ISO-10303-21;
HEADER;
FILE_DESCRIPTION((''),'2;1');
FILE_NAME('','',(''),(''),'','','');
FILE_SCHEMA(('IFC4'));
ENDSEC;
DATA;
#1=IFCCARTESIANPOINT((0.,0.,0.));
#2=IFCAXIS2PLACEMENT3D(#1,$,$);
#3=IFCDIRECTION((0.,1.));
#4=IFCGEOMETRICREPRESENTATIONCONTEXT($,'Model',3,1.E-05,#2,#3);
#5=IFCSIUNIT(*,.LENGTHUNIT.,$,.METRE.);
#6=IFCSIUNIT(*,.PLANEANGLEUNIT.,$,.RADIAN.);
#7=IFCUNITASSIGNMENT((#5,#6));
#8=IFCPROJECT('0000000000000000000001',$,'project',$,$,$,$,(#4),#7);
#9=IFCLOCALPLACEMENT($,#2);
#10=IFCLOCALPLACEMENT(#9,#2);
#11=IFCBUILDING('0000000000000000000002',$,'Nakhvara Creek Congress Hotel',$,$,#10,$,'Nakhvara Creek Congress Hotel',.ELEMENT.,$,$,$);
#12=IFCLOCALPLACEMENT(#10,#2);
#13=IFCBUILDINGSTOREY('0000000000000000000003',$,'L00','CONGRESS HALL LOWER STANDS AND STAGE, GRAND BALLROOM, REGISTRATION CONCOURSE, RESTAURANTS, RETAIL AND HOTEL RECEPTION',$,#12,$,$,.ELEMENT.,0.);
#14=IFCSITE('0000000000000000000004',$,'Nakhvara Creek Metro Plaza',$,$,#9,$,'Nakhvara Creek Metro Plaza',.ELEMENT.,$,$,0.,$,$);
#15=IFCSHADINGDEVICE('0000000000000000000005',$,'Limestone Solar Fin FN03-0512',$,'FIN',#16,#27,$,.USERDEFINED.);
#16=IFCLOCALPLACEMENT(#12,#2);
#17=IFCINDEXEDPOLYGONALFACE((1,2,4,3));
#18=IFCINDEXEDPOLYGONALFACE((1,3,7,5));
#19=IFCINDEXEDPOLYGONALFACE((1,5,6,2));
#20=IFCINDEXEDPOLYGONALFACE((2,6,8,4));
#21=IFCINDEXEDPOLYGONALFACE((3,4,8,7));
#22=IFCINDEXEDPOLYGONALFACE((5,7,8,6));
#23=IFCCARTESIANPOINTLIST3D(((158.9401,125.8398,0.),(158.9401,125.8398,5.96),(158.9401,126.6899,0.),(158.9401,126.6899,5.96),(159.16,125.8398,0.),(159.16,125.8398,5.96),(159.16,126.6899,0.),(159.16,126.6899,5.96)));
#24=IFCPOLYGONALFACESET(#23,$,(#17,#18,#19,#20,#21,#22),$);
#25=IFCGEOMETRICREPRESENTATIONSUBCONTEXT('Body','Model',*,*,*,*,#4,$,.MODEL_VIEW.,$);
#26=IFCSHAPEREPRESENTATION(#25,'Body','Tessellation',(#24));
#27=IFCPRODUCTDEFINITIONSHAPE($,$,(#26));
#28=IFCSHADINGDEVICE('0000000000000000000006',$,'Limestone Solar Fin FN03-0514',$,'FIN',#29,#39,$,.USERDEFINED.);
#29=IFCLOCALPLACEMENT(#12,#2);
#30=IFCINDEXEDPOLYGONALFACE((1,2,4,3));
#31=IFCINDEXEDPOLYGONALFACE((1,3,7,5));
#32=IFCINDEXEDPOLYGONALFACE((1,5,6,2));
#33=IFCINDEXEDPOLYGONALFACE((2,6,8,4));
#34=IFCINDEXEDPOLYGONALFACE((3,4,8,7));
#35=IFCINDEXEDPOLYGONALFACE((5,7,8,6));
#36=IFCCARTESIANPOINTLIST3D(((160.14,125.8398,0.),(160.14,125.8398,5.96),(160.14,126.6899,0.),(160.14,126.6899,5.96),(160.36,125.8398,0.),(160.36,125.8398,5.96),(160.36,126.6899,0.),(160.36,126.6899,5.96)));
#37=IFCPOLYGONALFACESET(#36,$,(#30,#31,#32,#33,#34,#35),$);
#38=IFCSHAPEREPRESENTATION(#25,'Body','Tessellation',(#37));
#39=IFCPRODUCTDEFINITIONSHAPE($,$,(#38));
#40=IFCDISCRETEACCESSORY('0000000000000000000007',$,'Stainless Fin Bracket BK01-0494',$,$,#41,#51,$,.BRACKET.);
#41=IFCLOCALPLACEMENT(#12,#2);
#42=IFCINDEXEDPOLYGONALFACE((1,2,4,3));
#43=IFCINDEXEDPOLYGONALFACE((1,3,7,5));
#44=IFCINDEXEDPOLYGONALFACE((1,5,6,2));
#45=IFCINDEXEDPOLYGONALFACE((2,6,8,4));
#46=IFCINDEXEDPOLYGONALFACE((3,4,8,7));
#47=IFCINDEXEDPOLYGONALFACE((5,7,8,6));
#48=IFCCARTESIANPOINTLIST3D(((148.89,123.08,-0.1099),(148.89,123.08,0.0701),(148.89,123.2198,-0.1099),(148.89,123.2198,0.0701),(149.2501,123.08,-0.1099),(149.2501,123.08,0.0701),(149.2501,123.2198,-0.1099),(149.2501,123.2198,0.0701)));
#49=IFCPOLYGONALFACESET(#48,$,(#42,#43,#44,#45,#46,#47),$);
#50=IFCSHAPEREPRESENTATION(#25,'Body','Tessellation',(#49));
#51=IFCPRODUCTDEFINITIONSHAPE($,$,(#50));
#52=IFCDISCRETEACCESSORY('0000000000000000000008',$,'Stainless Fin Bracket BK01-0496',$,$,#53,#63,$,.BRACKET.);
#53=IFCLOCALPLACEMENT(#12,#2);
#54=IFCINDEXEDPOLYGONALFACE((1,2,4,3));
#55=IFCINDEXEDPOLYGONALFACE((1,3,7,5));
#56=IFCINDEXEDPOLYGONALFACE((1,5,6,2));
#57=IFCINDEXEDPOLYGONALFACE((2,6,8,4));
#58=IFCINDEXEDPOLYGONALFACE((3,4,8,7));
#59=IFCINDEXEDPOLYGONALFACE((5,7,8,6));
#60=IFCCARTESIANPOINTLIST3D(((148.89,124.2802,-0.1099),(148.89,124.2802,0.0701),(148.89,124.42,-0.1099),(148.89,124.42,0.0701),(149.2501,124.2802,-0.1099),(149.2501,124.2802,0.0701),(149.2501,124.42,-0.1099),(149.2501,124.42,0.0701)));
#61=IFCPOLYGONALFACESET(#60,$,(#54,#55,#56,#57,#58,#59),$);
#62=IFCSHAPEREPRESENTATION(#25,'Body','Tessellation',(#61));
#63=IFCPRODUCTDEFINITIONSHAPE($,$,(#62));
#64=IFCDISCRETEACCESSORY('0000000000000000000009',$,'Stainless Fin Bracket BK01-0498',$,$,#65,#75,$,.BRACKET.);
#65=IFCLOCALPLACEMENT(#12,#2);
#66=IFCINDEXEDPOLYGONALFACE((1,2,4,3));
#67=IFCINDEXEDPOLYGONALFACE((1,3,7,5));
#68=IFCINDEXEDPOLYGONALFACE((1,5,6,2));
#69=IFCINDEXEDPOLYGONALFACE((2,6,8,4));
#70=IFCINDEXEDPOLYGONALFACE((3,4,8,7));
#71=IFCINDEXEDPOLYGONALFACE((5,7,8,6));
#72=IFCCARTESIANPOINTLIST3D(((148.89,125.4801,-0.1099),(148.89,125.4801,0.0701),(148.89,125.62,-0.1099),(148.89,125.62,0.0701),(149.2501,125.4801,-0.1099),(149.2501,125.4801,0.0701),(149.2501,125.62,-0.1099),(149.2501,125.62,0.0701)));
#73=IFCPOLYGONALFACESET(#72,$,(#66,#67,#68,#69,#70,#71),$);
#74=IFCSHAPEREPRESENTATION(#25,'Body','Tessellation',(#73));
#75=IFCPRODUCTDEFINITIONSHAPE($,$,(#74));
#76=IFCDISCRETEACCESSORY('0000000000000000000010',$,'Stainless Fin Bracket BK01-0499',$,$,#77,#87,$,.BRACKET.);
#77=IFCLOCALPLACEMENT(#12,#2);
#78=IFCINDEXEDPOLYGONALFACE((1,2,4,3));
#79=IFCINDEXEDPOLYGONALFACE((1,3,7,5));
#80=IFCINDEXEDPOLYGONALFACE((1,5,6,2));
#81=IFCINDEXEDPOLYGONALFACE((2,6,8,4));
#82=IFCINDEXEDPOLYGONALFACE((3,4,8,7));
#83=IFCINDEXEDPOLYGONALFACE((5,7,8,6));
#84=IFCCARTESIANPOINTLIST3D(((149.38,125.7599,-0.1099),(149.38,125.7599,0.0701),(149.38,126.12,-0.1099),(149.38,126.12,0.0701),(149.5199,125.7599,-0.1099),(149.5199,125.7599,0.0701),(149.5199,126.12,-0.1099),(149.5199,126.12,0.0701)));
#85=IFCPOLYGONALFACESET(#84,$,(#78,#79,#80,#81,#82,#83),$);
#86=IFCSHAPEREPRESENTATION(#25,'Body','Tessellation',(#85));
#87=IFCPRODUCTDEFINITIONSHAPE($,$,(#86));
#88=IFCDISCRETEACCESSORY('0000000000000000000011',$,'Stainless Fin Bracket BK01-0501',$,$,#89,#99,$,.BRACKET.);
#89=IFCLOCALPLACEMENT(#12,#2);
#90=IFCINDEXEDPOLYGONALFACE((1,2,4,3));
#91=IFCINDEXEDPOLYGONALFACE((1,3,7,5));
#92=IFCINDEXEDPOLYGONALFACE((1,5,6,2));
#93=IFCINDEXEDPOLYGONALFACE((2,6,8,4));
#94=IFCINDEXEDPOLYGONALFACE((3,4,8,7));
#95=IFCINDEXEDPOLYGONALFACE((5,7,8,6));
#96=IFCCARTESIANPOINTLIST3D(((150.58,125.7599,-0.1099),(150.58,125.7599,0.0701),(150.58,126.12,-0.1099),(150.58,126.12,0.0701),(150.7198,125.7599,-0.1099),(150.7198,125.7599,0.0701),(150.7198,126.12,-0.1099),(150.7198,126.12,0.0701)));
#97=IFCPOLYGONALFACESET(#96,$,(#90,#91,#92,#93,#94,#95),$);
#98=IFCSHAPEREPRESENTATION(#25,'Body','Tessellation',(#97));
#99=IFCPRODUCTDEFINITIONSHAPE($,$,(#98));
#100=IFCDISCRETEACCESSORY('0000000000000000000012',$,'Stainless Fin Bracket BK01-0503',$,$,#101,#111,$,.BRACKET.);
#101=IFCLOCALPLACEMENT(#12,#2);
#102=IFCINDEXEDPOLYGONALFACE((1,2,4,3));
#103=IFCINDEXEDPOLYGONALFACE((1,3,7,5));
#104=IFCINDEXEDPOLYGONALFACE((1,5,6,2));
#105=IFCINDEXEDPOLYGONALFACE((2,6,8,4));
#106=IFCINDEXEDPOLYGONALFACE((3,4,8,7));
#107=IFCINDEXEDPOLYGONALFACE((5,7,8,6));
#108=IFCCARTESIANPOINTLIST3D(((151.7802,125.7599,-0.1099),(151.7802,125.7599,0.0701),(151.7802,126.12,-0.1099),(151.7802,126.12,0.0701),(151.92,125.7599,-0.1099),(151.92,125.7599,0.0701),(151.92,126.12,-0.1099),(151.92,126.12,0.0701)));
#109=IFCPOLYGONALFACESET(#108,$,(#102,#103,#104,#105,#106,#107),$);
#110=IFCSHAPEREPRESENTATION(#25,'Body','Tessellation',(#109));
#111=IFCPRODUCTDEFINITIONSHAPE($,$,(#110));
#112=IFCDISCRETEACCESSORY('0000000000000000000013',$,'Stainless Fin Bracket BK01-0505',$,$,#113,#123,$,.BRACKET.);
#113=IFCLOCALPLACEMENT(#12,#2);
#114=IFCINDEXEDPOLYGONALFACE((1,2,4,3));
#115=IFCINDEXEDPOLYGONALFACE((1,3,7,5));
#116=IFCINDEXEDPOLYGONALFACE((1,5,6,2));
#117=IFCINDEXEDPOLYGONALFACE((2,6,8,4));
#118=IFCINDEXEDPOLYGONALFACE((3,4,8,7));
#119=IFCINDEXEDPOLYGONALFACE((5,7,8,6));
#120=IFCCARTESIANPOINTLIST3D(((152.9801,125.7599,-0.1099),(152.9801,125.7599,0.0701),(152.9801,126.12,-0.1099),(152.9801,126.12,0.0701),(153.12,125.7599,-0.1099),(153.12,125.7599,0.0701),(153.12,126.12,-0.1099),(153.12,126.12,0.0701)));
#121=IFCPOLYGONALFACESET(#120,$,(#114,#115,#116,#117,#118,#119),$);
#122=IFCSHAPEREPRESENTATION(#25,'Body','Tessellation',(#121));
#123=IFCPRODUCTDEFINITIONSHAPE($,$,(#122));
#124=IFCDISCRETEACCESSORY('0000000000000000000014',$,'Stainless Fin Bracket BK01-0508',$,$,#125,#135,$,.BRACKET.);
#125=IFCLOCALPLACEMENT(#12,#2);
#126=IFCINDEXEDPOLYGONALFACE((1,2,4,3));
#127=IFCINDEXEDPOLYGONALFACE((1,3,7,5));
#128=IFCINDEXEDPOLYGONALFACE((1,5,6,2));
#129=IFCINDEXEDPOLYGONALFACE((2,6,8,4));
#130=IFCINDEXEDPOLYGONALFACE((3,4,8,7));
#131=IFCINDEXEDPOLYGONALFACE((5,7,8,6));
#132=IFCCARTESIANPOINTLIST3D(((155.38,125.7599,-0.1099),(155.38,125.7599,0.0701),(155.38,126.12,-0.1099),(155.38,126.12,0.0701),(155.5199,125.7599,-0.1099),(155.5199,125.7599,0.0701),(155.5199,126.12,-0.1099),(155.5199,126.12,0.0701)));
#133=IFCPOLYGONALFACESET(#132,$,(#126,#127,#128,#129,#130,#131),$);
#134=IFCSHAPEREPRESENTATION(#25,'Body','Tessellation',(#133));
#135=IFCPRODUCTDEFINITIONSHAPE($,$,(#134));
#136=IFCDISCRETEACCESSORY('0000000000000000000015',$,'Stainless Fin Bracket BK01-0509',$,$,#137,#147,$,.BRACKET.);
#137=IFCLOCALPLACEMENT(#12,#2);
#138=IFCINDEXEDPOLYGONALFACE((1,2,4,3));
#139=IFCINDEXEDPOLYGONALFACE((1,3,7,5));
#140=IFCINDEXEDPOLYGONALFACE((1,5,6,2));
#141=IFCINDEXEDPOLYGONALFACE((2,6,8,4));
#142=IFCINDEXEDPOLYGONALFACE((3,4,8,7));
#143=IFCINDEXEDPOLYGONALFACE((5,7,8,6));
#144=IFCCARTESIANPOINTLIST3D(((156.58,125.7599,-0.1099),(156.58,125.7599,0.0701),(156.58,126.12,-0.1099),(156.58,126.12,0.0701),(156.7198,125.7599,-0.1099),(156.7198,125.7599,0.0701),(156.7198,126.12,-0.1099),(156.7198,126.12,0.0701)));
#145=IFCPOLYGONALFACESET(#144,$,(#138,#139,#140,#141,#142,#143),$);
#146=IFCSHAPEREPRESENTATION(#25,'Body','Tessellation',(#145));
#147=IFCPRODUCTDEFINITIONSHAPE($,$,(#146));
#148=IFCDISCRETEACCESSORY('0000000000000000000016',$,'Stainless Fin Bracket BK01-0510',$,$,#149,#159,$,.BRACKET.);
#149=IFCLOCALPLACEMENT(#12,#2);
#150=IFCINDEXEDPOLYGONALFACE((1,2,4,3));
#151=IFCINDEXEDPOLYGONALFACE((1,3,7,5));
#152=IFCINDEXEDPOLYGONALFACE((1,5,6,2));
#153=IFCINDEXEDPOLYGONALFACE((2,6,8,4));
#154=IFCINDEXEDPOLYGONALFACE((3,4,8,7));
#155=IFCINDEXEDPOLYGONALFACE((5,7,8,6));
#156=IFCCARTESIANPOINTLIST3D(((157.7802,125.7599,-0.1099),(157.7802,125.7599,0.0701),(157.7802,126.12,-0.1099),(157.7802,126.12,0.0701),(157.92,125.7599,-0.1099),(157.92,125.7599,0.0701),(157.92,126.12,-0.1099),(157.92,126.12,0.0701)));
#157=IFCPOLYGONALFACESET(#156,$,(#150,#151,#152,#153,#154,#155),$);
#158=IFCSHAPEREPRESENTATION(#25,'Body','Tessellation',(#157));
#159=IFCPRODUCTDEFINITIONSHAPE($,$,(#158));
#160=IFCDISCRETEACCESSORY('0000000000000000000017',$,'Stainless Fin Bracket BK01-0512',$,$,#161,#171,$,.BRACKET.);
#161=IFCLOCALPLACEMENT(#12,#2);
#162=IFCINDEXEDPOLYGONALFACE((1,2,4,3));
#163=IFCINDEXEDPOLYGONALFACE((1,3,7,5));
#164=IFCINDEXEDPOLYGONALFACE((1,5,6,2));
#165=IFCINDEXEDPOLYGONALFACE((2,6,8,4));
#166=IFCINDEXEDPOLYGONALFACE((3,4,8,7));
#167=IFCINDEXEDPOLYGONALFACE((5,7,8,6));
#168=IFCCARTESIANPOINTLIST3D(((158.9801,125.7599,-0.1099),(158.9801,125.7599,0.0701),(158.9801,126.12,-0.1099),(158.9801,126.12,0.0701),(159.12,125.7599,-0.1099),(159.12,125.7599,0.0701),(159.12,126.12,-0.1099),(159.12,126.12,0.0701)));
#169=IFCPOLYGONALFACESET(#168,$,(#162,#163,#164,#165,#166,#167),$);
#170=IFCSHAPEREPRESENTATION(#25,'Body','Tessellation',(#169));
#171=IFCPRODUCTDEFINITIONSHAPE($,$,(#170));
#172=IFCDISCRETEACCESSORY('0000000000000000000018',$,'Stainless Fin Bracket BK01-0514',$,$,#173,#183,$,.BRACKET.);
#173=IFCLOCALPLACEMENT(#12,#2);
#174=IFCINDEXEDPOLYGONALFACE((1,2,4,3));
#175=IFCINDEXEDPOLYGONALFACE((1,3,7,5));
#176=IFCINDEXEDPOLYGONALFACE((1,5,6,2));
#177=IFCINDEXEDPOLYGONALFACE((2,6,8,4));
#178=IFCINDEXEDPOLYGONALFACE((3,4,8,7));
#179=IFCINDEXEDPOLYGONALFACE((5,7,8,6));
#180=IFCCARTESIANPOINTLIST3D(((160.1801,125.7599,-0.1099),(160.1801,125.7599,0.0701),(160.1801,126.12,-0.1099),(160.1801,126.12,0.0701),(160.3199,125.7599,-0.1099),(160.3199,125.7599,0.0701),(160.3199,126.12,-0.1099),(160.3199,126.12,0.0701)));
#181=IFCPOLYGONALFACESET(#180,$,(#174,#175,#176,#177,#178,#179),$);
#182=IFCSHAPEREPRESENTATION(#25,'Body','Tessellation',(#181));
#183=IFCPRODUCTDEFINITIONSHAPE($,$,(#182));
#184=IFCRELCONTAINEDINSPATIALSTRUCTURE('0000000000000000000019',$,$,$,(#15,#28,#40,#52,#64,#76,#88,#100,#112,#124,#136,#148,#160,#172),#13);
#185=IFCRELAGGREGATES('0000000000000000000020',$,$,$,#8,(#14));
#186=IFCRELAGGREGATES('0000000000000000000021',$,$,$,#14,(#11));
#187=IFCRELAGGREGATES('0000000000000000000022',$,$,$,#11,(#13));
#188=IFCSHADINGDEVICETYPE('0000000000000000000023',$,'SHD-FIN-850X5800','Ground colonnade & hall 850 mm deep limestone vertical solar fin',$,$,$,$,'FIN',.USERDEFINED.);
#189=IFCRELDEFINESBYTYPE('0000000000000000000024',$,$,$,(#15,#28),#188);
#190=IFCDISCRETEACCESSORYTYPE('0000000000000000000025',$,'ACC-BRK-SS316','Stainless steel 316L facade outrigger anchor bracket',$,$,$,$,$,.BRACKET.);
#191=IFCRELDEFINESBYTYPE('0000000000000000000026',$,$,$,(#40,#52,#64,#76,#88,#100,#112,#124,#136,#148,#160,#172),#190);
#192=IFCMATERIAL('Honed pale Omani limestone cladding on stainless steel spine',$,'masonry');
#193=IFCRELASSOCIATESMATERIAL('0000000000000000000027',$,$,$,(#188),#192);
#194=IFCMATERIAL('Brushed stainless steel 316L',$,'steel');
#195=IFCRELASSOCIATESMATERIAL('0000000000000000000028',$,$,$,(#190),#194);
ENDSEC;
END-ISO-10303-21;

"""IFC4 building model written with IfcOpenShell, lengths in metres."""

from ifc_helpers import new_model, si_unit, direction, frame, origin, origin_2d, place, context, subcontext, project, spatial, rectangle, extrude, material, type_object, element, save


model = new_model("IFC4")

# Units and contexts
model_context = context("Model", 3, precision=1e-05, world=origin(), true_north=direction((0.0, 1.0)))
body_context = subcontext(model_context, "Body", "Model", "MODEL_VIEW")
ifc_project = project(units=[si_unit("LENGTHUNIT", "METRE"), si_unit("PLANEANGLEUNIT", "RADIAN")], contexts=[model_context])

# Site, building, storey
site_placement = place(None, origin())
site = spatial("IfcSite", under=ifc_project, at=site_placement, Name="Nakhvara Creek Metro Plaza", LongName="Nakhvara Creek Metro Plaza", CompositionType="ELEMENT", RefElevation=0.0)
building_placement = place(site_placement, origin())
building = spatial("IfcBuilding", under=site, at=building_placement, Name="Nakhvara Creek Congress Hotel", LongName="Nakhvara Creek Congress Hotel", CompositionType="ELEMENT")
storey_placement = place(building_placement, origin())
storey = spatial("IfcBuildingStorey", under=building, at=storey_placement, Name="L00", Description="CONGRESS HALL LOWER STANDS AND STAGE, GRAND BALLROOM, REGISTRATION CONCOURSE, RESTAURANTS, RETAIL AND HOTEL RECEPTION", CompositionType="ELEMENT", Elevation=0.0)

# Shading devices
ifc_material_1 = material(Name="Honed pale Omani limestone cladding on stainless steel spine", Category="masonry")
shading_device_type = type_object("IfcShadingDeviceType", Name="SHD-FIN-850X5800", Description="Ground colonnade & hall 850 mm deep limestone vertical solar fin", ElementType="FIN", PredefinedType="USERDEFINED", material=ifc_material_1)
for number, where, z_axis, x_axis, name in (
    (1, (159.05, 126.2649, 0.0), (0.0, 0.0, 1.0), (1.0, 0.0, 0.0), "Limestone Solar Fin FN03-0512"),
    (2, (160.25, 126.2649, 0.0), (0.0, 0.0, 1.0), (1.0, 0.0, 0.0), "Limestone Solar Fin FN03-0514"),
):
    element("IfcShadingDevice", number, at=place(storey_placement, frame(where, z_axis=z_axis, x_axis=x_axis)), inside=storey, type_object=shading_device_type, Name=name, ObjectType="FIN", PredefinedType="USERDEFINED", context=body_context, shape_type="SweptSolid", body=[
        extrude(rectangle(XDim=0.22, YDim=0.8501, at=origin_2d()), origin(), (0.0, 0.0, 1.0), 5.96),
    ])

# Discrete accessories
ifc_material_2 = material(Name="Brushed stainless steel 316L", Category="steel")
discrete_accessory_type = type_object("IfcDiscreteAccessoryType", Name="ACC-BRK-SS316", Description="Stainless steel 316L facade outrigger anchor bracket", PredefinedType="BRACKET", material=ifc_material_2)
for number, where, z_axis, x_axis, name in (
    (3, (149.0701, 123.1499, -0.1099), (0.0, 0.0, 1.0), (0.0, 1.0, 0.0), "Stainless Fin Bracket BK01-0494"),
    (4, (149.0701, 124.3501, -0.1099), (0.0, 0.0, 1.0), (0.0, 1.0, 0.0), "Stainless Fin Bracket BK01-0496"),
    (5, (149.0701, 125.55, -0.1099), (0.0, 0.0, 1.0), (0.0, 1.0, 0.0), "Stainless Fin Bracket BK01-0498"),
    (6, (149.45, 125.9399, -0.1099), (0.0, 0.0, 1.0), (1.0, 0.0, 0.0), "Stainless Fin Bracket BK01-0499"),
    (7, (150.6499, 125.9399, -0.1099), (0.0, 0.0, 1.0), (1.0, 0.0, 0.0), "Stainless Fin Bracket BK01-0501"),
    (8, (151.8501, 125.9399, -0.1099), (0.0, 0.0, 1.0), (1.0, 0.0, 0.0), "Stainless Fin Bracket BK01-0503"),
    (9, (153.05, 125.9399, -0.1099), (0.0, 0.0, 1.0), (1.0, 0.0, 0.0), "Stainless Fin Bracket BK01-0505"),
    (10, (155.45, 125.9399, -0.1099), (0.0, 0.0, 1.0), (1.0, 0.0, 0.0), "Stainless Fin Bracket BK01-0508"),
    (11, (156.6499, 125.9399, -0.1099), (0.0, 0.0, 1.0), (1.0, 0.0, 0.0), "Stainless Fin Bracket BK01-0509"),
    (12, (157.8501, 125.9399, -0.1099), (0.0, 0.0, 1.0), (1.0, 0.0, 0.0), "Stainless Fin Bracket BK01-0510"),
    (13, (159.05, 125.9399, -0.1099), (0.0, 0.0, 1.0), (1.0, 0.0, 0.0), "Stainless Fin Bracket BK01-0512"),
    (14, (160.25, 125.9399, -0.1099), (0.0, 0.0, 1.0), (1.0, 0.0, 0.0), "Stainless Fin Bracket BK01-0514"),
):
    element("IfcDiscreteAccessory", number, at=place(storey_placement, frame(where, z_axis=z_axis, x_axis=x_axis)), inside=storey, type_object=discrete_accessory_type, Name=name, PredefinedType="BRACKET", context=body_context, shape_type="SweptSolid", body=[
        extrude(rectangle(XDim=0.1399, YDim=0.3601, at=origin_2d()), origin(), (0.0, 0.0, 1.0), 0.1799),
    ])

save(model, "model.ifc")
